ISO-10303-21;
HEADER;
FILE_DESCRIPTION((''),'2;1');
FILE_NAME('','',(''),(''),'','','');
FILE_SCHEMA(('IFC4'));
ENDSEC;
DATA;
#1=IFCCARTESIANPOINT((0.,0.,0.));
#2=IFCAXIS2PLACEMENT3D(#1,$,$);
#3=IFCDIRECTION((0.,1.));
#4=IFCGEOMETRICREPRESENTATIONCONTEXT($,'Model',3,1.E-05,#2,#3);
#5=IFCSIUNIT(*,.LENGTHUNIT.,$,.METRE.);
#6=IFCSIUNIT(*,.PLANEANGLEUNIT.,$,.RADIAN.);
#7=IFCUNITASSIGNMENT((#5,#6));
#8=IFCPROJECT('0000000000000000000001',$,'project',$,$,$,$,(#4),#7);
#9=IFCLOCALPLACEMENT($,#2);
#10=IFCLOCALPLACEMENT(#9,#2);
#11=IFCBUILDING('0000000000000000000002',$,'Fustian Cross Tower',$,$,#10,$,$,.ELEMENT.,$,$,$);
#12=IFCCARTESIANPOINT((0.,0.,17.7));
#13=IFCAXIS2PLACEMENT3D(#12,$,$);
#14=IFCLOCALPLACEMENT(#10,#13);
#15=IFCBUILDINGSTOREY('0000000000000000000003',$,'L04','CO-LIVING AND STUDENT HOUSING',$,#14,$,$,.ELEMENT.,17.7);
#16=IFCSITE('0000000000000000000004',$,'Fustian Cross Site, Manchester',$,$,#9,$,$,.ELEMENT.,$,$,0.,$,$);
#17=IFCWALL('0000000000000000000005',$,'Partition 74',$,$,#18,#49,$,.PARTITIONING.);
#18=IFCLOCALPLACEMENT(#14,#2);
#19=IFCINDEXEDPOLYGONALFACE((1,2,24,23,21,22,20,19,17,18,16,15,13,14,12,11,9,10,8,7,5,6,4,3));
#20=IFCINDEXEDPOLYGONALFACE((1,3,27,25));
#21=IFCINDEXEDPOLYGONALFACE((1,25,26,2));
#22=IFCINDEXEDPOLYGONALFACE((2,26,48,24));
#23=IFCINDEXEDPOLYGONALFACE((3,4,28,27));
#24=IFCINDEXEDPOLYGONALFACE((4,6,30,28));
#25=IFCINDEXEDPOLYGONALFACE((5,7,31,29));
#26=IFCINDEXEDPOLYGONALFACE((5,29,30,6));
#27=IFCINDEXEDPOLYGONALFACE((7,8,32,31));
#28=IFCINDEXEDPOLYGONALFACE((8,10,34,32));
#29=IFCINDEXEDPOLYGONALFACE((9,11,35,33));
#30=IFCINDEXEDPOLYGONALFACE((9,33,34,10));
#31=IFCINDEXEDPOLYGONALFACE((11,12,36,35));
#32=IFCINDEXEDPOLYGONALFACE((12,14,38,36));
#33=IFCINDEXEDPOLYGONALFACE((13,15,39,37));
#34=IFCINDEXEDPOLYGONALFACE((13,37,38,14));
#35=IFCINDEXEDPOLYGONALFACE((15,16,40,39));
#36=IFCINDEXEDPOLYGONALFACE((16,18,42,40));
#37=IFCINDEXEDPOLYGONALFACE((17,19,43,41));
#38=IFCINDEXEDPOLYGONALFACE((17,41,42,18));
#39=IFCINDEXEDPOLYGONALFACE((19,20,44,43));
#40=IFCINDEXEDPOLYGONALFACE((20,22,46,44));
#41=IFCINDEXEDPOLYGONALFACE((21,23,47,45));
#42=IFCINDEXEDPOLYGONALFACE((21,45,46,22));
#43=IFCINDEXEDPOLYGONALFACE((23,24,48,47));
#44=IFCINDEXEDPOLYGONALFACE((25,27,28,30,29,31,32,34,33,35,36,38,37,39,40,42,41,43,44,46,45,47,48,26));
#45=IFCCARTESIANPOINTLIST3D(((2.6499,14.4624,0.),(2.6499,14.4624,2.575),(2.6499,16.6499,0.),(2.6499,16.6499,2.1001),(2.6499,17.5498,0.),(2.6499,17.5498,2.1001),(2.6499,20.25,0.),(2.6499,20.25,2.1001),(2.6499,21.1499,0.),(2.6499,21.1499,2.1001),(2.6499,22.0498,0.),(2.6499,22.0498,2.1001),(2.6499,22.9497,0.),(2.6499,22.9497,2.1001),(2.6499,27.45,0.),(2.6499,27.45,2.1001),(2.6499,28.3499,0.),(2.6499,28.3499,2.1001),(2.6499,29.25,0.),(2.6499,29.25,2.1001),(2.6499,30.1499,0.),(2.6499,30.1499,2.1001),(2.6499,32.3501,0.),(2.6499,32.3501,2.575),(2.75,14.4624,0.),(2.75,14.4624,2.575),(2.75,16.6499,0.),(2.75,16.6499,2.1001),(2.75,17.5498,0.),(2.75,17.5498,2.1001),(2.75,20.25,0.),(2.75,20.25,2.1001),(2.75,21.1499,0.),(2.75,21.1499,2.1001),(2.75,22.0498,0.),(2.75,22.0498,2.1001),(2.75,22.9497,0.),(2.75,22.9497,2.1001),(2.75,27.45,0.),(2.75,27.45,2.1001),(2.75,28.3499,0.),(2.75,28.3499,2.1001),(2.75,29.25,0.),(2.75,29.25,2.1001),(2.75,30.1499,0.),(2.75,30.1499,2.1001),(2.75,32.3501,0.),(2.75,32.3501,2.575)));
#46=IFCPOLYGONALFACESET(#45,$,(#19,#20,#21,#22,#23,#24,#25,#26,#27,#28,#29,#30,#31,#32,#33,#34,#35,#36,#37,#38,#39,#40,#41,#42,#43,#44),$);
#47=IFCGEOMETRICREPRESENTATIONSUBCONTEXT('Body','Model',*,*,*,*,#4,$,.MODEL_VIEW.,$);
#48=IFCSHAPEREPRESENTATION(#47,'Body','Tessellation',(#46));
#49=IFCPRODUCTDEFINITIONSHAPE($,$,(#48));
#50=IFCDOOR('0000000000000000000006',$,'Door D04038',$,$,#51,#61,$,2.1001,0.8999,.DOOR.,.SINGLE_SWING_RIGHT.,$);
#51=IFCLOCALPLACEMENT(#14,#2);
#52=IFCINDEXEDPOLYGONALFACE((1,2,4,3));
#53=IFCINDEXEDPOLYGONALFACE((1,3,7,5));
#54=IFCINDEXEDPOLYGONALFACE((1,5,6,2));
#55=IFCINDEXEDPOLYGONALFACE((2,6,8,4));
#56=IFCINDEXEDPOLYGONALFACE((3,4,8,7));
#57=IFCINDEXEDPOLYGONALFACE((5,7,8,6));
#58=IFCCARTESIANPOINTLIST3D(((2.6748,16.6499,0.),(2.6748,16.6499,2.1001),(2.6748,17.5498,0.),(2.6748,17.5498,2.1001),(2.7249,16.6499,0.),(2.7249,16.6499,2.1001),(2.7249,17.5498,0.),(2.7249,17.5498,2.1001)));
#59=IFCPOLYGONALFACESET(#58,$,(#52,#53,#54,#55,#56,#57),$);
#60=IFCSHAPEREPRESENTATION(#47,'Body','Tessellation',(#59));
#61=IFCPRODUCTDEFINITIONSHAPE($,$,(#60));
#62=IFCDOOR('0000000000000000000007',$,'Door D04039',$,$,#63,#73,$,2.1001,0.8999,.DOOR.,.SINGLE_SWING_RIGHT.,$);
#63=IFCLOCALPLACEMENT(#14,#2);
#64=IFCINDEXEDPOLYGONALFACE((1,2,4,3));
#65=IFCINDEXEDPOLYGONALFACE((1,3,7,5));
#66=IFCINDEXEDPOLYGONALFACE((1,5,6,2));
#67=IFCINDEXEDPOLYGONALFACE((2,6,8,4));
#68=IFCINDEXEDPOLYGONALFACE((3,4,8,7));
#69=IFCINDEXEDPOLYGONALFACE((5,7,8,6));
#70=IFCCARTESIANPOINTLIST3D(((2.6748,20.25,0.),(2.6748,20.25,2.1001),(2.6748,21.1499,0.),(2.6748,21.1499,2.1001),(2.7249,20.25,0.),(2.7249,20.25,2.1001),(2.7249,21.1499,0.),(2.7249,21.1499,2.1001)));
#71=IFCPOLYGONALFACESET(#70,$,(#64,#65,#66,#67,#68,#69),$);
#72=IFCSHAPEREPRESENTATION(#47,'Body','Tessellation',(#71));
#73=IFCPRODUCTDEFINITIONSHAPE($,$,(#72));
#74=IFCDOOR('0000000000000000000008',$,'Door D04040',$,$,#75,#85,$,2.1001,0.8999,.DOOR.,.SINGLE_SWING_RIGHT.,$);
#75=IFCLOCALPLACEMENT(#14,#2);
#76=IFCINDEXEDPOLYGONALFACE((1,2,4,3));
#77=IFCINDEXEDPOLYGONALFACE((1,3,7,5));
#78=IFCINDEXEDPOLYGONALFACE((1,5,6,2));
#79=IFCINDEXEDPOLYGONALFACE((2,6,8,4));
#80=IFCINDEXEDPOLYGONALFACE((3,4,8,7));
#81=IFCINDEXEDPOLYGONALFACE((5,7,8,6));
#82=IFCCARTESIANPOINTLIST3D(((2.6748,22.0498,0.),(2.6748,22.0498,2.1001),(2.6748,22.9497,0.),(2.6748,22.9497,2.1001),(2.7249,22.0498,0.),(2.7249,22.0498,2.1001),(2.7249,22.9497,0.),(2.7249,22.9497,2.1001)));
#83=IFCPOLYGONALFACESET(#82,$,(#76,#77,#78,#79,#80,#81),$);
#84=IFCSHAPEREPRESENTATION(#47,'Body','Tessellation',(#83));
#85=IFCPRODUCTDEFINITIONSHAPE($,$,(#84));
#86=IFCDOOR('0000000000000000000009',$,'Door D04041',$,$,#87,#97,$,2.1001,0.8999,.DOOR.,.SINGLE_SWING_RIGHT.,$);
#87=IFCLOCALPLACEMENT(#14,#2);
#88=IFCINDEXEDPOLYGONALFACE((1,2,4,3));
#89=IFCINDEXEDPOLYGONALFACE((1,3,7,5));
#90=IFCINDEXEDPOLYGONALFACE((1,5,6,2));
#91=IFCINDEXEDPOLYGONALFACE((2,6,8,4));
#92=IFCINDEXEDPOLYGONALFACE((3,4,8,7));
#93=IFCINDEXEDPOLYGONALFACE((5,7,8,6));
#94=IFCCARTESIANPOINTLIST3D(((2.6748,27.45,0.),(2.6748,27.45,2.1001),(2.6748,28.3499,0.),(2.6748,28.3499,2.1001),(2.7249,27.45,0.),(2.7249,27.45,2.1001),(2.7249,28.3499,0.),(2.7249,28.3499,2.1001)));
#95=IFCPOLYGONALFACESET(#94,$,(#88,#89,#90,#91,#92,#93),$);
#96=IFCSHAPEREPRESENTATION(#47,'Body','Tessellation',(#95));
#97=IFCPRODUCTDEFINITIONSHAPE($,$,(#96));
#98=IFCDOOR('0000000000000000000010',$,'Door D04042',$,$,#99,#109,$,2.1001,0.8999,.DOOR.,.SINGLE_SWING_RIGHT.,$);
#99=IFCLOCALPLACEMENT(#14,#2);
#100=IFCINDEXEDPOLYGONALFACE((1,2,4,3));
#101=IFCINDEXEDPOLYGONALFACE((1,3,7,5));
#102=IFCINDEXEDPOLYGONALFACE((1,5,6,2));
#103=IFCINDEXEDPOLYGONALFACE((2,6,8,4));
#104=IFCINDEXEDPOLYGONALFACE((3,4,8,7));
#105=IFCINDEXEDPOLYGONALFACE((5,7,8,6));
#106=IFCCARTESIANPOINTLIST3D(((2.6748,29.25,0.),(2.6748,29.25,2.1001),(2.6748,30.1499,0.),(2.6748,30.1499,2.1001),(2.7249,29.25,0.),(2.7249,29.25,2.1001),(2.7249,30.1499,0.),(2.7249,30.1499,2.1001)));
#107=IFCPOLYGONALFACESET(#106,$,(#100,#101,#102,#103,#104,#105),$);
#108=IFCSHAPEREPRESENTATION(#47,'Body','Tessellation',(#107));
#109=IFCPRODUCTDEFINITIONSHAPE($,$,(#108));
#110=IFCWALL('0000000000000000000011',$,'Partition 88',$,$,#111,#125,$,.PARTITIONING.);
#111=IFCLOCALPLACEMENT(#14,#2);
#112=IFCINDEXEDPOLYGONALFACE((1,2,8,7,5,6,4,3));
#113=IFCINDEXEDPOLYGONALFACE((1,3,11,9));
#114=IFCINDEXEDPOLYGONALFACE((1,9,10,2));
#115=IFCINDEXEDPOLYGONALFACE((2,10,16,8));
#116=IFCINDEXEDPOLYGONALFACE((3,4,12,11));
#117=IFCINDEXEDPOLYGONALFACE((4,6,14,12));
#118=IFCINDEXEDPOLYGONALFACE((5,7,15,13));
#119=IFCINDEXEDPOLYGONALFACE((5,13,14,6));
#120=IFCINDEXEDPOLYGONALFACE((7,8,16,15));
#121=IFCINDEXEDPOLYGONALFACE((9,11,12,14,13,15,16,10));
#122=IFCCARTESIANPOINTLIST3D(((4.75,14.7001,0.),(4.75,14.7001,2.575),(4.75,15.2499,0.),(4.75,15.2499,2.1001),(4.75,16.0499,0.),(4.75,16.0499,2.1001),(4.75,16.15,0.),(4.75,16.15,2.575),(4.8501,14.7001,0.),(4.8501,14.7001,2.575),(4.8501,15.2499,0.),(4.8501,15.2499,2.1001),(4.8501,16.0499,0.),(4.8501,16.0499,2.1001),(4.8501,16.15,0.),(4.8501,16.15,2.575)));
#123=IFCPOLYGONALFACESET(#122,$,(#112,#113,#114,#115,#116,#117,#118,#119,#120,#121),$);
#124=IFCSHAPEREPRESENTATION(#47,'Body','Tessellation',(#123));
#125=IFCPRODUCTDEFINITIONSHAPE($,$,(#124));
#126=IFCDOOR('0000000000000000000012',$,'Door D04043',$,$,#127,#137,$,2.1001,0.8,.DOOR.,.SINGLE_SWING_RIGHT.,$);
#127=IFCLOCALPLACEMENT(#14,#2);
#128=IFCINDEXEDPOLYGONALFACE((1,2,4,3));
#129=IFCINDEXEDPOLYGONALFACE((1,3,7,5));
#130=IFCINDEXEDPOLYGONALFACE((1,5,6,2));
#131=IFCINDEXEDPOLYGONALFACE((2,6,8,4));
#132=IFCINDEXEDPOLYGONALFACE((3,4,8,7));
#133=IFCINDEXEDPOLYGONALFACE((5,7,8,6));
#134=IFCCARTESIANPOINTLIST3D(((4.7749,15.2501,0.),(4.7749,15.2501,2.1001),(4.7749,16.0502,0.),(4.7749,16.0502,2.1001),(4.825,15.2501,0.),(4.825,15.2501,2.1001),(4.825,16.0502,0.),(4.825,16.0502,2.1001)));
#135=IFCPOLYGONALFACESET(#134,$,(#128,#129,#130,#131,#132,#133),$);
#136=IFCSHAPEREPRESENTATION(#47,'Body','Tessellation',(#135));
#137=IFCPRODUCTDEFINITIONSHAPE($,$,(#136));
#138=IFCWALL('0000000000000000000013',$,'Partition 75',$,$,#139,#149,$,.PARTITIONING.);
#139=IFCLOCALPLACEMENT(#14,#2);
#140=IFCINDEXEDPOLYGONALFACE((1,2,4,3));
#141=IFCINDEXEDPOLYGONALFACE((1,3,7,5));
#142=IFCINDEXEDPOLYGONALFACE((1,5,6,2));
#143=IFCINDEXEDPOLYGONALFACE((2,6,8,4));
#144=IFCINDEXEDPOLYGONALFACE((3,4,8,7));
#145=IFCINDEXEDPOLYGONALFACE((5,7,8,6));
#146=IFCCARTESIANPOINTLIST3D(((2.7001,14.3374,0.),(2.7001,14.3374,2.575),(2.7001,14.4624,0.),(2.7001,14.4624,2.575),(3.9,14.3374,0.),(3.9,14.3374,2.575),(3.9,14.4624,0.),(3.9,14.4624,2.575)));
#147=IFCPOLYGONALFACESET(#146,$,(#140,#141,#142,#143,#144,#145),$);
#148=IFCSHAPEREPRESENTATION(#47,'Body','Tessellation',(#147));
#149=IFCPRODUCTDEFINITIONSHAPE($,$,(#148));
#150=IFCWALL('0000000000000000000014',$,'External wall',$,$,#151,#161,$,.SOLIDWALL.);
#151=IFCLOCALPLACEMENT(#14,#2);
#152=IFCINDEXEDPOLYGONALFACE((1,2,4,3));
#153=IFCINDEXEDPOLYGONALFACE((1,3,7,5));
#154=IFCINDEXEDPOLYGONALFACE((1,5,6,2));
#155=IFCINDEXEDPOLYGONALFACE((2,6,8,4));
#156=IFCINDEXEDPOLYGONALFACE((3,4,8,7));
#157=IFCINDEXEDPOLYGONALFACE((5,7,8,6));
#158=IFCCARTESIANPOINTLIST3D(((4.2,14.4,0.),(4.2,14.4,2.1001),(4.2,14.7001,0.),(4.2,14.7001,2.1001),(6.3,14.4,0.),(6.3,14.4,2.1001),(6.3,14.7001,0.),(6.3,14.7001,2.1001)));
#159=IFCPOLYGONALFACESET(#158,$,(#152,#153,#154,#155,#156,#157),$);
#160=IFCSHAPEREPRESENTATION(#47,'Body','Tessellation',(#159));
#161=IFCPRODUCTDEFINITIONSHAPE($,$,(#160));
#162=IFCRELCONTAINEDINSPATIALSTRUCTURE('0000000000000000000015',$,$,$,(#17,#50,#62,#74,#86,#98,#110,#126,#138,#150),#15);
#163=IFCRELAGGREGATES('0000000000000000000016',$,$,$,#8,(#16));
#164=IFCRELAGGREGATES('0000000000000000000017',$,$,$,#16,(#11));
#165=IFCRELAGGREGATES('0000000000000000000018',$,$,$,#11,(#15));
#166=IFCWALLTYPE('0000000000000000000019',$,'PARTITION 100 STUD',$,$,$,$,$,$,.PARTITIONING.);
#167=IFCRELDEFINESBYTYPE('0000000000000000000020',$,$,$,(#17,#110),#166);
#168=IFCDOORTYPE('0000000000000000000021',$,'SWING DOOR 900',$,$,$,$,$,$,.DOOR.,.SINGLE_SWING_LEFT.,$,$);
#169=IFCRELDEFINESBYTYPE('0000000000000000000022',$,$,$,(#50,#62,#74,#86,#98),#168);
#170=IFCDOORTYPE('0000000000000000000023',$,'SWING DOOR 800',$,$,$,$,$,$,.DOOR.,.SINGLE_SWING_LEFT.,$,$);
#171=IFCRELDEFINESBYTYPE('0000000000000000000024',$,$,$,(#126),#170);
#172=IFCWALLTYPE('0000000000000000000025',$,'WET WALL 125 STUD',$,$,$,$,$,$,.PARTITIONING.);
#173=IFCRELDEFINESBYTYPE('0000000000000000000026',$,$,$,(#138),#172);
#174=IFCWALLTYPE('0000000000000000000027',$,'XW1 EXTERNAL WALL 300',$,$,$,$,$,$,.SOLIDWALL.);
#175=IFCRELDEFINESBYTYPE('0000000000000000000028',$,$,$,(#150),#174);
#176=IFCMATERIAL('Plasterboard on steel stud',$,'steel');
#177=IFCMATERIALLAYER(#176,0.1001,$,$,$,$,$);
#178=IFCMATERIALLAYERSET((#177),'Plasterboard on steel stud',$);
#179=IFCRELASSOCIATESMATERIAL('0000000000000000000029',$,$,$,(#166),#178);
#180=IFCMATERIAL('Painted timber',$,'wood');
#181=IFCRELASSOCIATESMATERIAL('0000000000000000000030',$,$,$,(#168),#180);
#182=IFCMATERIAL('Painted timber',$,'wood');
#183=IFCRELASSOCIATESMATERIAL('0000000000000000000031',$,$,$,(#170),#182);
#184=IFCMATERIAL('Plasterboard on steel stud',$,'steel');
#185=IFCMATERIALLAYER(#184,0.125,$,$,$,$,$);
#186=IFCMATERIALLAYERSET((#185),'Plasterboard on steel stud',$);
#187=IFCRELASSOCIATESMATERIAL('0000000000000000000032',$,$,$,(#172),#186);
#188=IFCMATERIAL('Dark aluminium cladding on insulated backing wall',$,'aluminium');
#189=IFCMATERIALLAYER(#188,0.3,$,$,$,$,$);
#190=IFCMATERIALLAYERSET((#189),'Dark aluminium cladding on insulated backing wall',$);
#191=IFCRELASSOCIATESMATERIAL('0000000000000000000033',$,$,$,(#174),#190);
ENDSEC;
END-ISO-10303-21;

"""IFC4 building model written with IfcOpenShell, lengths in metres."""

from ifc_helpers import new_model, si_unit, direction, frame, frame_2d, origin, place, context, subcontext, project, spatial, rectangle, extrude, material, layer, layer_set, type_object, element, fill, save


model = new_model("IFC4")

# Units and contexts
model_context = context("Model", 3, precision=1e-05, world=origin(), true_north=direction((0.0, 1.0)))
body_context = subcontext(model_context, "Body", "Model", "MODEL_VIEW")
ifc_project = project(units=[si_unit("LENGTHUNIT", "METRE"), si_unit("PLANEANGLEUNIT", "RADIAN")], contexts=[model_context])

# Site, building, storey
site_placement = place(None, origin())
site = spatial("IfcSite", under=ifc_project, at=site_placement, Name="Fustian Cross Site, Manchester", CompositionType="ELEMENT", RefElevation=0.0)
building_placement = place(site_placement, origin())
building = spatial("IfcBuilding", under=site, at=building_placement, Name="Fustian Cross Tower", CompositionType="ELEMENT")
storey_placement = place(building_placement, frame((0.0, 0.0, 17.7)))
storey = spatial("IfcBuildingStorey", under=building, at=storey_placement, Name="L04", Description="CO-LIVING AND STUDENT HOUSING", CompositionType="ELEMENT", Elevation=17.7)

# Shared definitions
ifc_material_1 = material(Name="Plasterboard on steel stud", Category="steel")
ifc_layer_1 = layer(ifc_material_1, 0.1001)
ifc_layer_set_1 = layer_set([ifc_layer_1], Name="Plasterboard on steel stud")
wall_type_1 = type_object("IfcWallType", Name="PARTITION 100 STUD", PredefinedType="PARTITIONING", material=ifc_layer_set_1)

# Wall, openings, doors
wall_1_placement = place(storey_placement, frame((2.7, 14.4624, 0.0), z_axis=(0.0, 0.0, 1.0), x_axis=(0.0, 1.0, 0.0)))
wall_1 = element("IfcWall", 1, at=wall_1_placement, inside=storey, type_object=wall_type_1, Name="Partition 74", PredefinedType="PARTITIONING", context=body_context, shape_type="SweptSolid", body=[
    extrude(rectangle(XDim=17.8877, YDim=0.1001, at=frame_2d((8.9438, 0.0))), origin(), (0.0, 0.0, 1.0), 2.575),
])
opening_1_placement = place(wall_1_placement, frame((2.1875, 0.0, 0.0)))
opening_1 = element("IfcOpeningElement", 2, at=opening_1_placement, cuts=wall_1, PredefinedType="OPENING", context=body_context, shape_type="SweptSolid", body=[
    extrude(rectangle(XDim=0.8999, YDim=2.1001, at=frame_2d((0.45, 1.05))), frame((0.0, 0.0601, 0.0), z_axis=(0.0, -1.0, 0.0), x_axis=(1.0, 0.0, 0.0)), (0.0, 0.0, 1.0), 0.1201),
])
opening_2_placement = place(wall_1_placement, frame((5.7876, 0.0, 0.0)))
opening_2 = element("IfcOpeningElement", 3, at=opening_2_placement, cuts=wall_1, PredefinedType="OPENING", context=body_context, shape_type="SweptSolid", body=[
    extrude(rectangle(XDim=0.8999, YDim=2.1001, at=frame_2d((0.45, 1.05))), frame((0.0, 0.0601, 0.0), z_axis=(0.0, -1.0, 0.0), x_axis=(1.0, 0.0, 0.0)), (0.0, 0.0, 1.0), 0.1201),
])
opening_3_placement = place(wall_1_placement, frame((7.5874, 0.0, 0.0)))
opening_3 = element("IfcOpeningElement", 4, at=opening_3_placement, cuts=wall_1, PredefinedType="OPENING", context=body_context, shape_type="SweptSolid", body=[
    extrude(rectangle(XDim=0.8999, YDim=2.1001, at=frame_2d((0.45, 1.05))), frame((0.0, 0.0601, 0.0), z_axis=(0.0, -1.0, 0.0), x_axis=(1.0, 0.0, 0.0)), (0.0, 0.0, 1.0), 0.1201),
])
opening_4_placement = place(wall_1_placement, frame((12.9875, 0.0, 0.0)))
opening_4 = element("IfcOpeningElement", 5, at=opening_4_placement, cuts=wall_1, PredefinedType="OPENING", context=body_context, shape_type="SweptSolid", body=[
    extrude(rectangle(XDim=0.8999, YDim=2.1001, at=frame_2d((0.45, 1.05))), frame((0.0, 0.0601, 0.0), z_axis=(0.0, -1.0, 0.0), x_axis=(1.0, 0.0, 0.0)), (0.0, 0.0, 1.0), 0.1201),
])
opening_5_placement = place(wall_1_placement, frame((14.7876, 0.0, 0.0)))
opening_5 = element("IfcOpeningElement", 6, at=opening_5_placement, cuts=wall_1, PredefinedType="OPENING", context=body_context, shape_type="SweptSolid", body=[
    extrude(rectangle(XDim=0.8999, YDim=2.1001, at=frame_2d((0.45, 1.05))), frame((0.0, 0.0601, 0.0), z_axis=(0.0, -1.0, 0.0), x_axis=(1.0, 0.0, 0.0)), (0.0, 0.0, 1.0), 0.1201),
])
ifc_material_2 = material(Name="Painted timber", Category="wood")
door_type_1 = type_object("IfcDoorType", Name="SWING DOOR 900", OperationType="SINGLE_SWING_LEFT", PredefinedType="DOOR", material=ifc_material_2)
door_1_placement = place(opening_1_placement, frame((0.8999, 0.0, 0.0), z_axis=(0.0, 0.0, 1.0), x_axis=(-1.0, 0.0, 0.0)))
door_1 = element("IfcDoor", 7, at=door_1_placement, inside=storey, type_object=door_type_1, Name="Door D04038", OperationType="SINGLE_SWING_RIGHT", OverallHeight=2.1001, OverallWidth=0.8999, PredefinedType="DOOR", context=body_context, shape_type="SweptSolid", body=[
    extrude(rectangle(XDim=0.8999, YDim=2.1001, at=frame_2d((0.45, 1.05))), frame((0.0, 0.0249, 0.0), z_axis=(0.0, -1.0, 0.0), x_axis=(1.0, 0.0, 0.0)), (0.0, 0.0, 1.0), 0.05),
])
fill(opening_1, door_1)
door_2_placement = place(opening_2_placement, frame((0.8999, 0.0, 0.0), z_axis=(0.0, 0.0, 1.0), x_axis=(-1.0, 0.0, 0.0)))
door_2 = element("IfcDoor", 8, at=door_2_placement, inside=storey, type_object=door_type_1, Name="Door D04039", OperationType="SINGLE_SWING_RIGHT", OverallHeight=2.1001, OverallWidth=0.8999, PredefinedType="DOOR", context=body_context, shape_type="SweptSolid", body=[
    extrude(rectangle(XDim=0.8999, YDim=2.1001, at=frame_2d((0.45, 1.05))), frame((0.0, 0.0249, 0.0), z_axis=(0.0, -1.0, 0.0), x_axis=(1.0, 0.0, 0.0)), (0.0, 0.0, 1.0), 0.05),
])
fill(opening_2, door_2)
door_3_placement = place(opening_3_placement, frame((0.8999, 0.0, 0.0), z_axis=(0.0, 0.0, 1.0), x_axis=(-1.0, 0.0, 0.0)))
door_3 = element("IfcDoor", 9, at=door_3_placement, inside=storey, type_object=door_type_1, Name="Door D04040", OperationType="SINGLE_SWING_RIGHT", OverallHeight=2.1001, OverallWidth=0.8999, PredefinedType="DOOR", context=body_context, shape_type="SweptSolid", body=[
    extrude(rectangle(XDim=0.8999, YDim=2.1001, at=frame_2d((0.45, 1.05))), frame((0.0, 0.0249, 0.0), z_axis=(0.0, -1.0, 0.0), x_axis=(1.0, 0.0, 0.0)), (0.0, 0.0, 1.0), 0.05),
])
fill(opening_3, door_3)
door_4_placement = place(opening_4_placement, frame((0.8999, 0.0, 0.0), z_axis=(0.0, 0.0, 1.0), x_axis=(-1.0, 0.0, 0.0)))
door_4 = element("IfcDoor", 10, at=door_4_placement, inside=storey, type_object=door_type_1, Name="Door D04041", OperationType="SINGLE_SWING_RIGHT", OverallHeight=2.1001, OverallWidth=0.8999, PredefinedType="DOOR", context=body_context, shape_type="SweptSolid", body=[
    extrude(rectangle(XDim=0.8999, YDim=2.1001, at=frame_2d((0.45, 1.05))), frame((0.0, 0.0249, 0.0), z_axis=(0.0, -1.0, 0.0), x_axis=(1.0, 0.0, 0.0)), (0.0, 0.0, 1.0), 0.05),
])
fill(opening_4, door_4)
door_5_placement = place(opening_5_placement, frame((0.8999, 0.0, 0.0), z_axis=(0.0, 0.0, 1.0), x_axis=(-1.0, 0.0, 0.0)))
door_5 = element("IfcDoor", 11, at=door_5_placement, inside=storey, type_object=door_type_1, Name="Door D04042", OperationType="SINGLE_SWING_RIGHT", OverallHeight=2.1001, OverallWidth=0.8999, PredefinedType="DOOR", context=body_context, shape_type="SweptSolid", body=[
    extrude(rectangle(XDim=0.8999, YDim=2.1001, at=frame_2d((0.45, 1.05))), frame((0.0, 0.0249, 0.0), z_axis=(0.0, -1.0, 0.0), x_axis=(1.0, 0.0, 0.0)), (0.0, 0.0, 1.0), 0.05),
])
fill(opening_5, door_5)

# Wall, opening, door
wall_2_placement = place(storey_placement, frame((4.8, 14.7, 0.0), z_axis=(0.0, 0.0, 1.0), x_axis=(0.0, 1.0, 0.0)))
wall_2 = element("IfcWall", 12, at=wall_2_placement, inside=storey, type_object=wall_type_1, Name="Partition 88", PredefinedType="PARTITIONING", context=body_context, shape_type="SweptSolid", body=[
    extrude(rectangle(XDim=1.45, YDim=0.1001, at=frame_2d((0.7251, 0.0))), origin(), (0.0, 0.0, 1.0), 2.575),
])
opening_6_placement = place(wall_2_placement, frame((0.55, 0.0, 0.0)))
opening_6 = element("IfcOpeningElement", 13, at=opening_6_placement, cuts=wall_2, PredefinedType="OPENING", context=body_context, shape_type="SweptSolid", body=[
    extrude(rectangle(XDim=0.8, YDim=2.1001, at=frame_2d((0.3999, 1.05))), frame((0.0, 0.0601, 0.0), z_axis=(0.0, -1.0, 0.0), x_axis=(1.0, 0.0, 0.0)), (0.0, 0.0, 1.0), 0.1201),
])
ifc_material_3 = material(Name="Painted timber", Category="wood")
door_type_2 = type_object("IfcDoorType", Name="SWING DOOR 800", OperationType="SINGLE_SWING_LEFT", PredefinedType="DOOR", material=ifc_material_3)
door_6_placement = place(opening_6_placement, frame((0.8, 0.0, 0.0), z_axis=(0.0, 0.0, 1.0), x_axis=(-1.0, 0.0, 0.0)))
door_6 = element("IfcDoor", 14, at=door_6_placement, inside=storey, type_object=door_type_2, Name="Door D04043", OperationType="SINGLE_SWING_RIGHT", OverallHeight=2.1001, OverallWidth=0.8, PredefinedType="DOOR", context=body_context, shape_type="SweptSolid", body=[
    extrude(rectangle(XDim=0.8, YDim=2.1001, at=frame_2d((0.3999, 1.05))), frame((0.0, 0.0249, 0.0), z_axis=(0.0, -1.0, 0.0), x_axis=(1.0, 0.0, 0.0)), (0.0, 0.0, 1.0), 0.05),
])
fill(opening_6, door_6)

# Walls
ifc_material_4 = material(Name="Plasterboard on steel stud", Category="steel")
ifc_layer_2 = layer(ifc_material_4, 0.125)
ifc_layer_set_2 = layer_set([ifc_layer_2], Name="Plasterboard on steel stud")
wall_type_2 = type_object("IfcWallType", Name="WET WALL 125 STUD", PredefinedType="PARTITIONING", material=ifc_layer_set_2)
wall_3_placement = place(storey_placement, frame((2.7, 14.3999, 0.0), z_axis=(0.0, 0.0, 1.0), x_axis=(1.0, 0.0, 0.0)))
element("IfcWall", 15, at=wall_3_placement, inside=storey, type_object=wall_type_2, Name="Partition 75", PredefinedType="PARTITIONING", context=body_context, shape_type="SweptSolid", body=[
    extrude(rectangle(XDim=1.2, YDim=0.125, at=frame_2d((0.6001, 0.0))), origin(), (0.0, 0.0, 1.0), 2.575),
])
ifc_material_5 = material(Name="Dark aluminium cladding on insulated backing wall", Category="aluminium")
ifc_layer_3 = layer(ifc_material_5, 0.3)
ifc_layer_set_3 = layer_set([ifc_layer_3], Name="Dark aluminium cladding on insulated backing wall")
wall_type_3 = type_object("IfcWallType", Name="XW1 EXTERNAL WALL 300", PredefinedType="SOLIDWALL", material=ifc_layer_set_3)
wall_4_placement = place(storey_placement, frame((4.2, 14.55, 0.0), z_axis=(0.0, 0.0, 1.0), x_axis=(1.0, 0.0, 0.0)))
element("IfcWall", 16, at=wall_4_placement, inside=storey, type_object=wall_type_3, Name="External wall", PredefinedType="SOLIDWALL", context=body_context, shape_type="SweptSolid", body=[
    extrude(rectangle(XDim=2.1001, YDim=0.3, at=frame_2d((1.05, 0.0))), origin(), (0.0, 0.0, 1.0), 2.1001),
])

save(model, "model.ifc")
